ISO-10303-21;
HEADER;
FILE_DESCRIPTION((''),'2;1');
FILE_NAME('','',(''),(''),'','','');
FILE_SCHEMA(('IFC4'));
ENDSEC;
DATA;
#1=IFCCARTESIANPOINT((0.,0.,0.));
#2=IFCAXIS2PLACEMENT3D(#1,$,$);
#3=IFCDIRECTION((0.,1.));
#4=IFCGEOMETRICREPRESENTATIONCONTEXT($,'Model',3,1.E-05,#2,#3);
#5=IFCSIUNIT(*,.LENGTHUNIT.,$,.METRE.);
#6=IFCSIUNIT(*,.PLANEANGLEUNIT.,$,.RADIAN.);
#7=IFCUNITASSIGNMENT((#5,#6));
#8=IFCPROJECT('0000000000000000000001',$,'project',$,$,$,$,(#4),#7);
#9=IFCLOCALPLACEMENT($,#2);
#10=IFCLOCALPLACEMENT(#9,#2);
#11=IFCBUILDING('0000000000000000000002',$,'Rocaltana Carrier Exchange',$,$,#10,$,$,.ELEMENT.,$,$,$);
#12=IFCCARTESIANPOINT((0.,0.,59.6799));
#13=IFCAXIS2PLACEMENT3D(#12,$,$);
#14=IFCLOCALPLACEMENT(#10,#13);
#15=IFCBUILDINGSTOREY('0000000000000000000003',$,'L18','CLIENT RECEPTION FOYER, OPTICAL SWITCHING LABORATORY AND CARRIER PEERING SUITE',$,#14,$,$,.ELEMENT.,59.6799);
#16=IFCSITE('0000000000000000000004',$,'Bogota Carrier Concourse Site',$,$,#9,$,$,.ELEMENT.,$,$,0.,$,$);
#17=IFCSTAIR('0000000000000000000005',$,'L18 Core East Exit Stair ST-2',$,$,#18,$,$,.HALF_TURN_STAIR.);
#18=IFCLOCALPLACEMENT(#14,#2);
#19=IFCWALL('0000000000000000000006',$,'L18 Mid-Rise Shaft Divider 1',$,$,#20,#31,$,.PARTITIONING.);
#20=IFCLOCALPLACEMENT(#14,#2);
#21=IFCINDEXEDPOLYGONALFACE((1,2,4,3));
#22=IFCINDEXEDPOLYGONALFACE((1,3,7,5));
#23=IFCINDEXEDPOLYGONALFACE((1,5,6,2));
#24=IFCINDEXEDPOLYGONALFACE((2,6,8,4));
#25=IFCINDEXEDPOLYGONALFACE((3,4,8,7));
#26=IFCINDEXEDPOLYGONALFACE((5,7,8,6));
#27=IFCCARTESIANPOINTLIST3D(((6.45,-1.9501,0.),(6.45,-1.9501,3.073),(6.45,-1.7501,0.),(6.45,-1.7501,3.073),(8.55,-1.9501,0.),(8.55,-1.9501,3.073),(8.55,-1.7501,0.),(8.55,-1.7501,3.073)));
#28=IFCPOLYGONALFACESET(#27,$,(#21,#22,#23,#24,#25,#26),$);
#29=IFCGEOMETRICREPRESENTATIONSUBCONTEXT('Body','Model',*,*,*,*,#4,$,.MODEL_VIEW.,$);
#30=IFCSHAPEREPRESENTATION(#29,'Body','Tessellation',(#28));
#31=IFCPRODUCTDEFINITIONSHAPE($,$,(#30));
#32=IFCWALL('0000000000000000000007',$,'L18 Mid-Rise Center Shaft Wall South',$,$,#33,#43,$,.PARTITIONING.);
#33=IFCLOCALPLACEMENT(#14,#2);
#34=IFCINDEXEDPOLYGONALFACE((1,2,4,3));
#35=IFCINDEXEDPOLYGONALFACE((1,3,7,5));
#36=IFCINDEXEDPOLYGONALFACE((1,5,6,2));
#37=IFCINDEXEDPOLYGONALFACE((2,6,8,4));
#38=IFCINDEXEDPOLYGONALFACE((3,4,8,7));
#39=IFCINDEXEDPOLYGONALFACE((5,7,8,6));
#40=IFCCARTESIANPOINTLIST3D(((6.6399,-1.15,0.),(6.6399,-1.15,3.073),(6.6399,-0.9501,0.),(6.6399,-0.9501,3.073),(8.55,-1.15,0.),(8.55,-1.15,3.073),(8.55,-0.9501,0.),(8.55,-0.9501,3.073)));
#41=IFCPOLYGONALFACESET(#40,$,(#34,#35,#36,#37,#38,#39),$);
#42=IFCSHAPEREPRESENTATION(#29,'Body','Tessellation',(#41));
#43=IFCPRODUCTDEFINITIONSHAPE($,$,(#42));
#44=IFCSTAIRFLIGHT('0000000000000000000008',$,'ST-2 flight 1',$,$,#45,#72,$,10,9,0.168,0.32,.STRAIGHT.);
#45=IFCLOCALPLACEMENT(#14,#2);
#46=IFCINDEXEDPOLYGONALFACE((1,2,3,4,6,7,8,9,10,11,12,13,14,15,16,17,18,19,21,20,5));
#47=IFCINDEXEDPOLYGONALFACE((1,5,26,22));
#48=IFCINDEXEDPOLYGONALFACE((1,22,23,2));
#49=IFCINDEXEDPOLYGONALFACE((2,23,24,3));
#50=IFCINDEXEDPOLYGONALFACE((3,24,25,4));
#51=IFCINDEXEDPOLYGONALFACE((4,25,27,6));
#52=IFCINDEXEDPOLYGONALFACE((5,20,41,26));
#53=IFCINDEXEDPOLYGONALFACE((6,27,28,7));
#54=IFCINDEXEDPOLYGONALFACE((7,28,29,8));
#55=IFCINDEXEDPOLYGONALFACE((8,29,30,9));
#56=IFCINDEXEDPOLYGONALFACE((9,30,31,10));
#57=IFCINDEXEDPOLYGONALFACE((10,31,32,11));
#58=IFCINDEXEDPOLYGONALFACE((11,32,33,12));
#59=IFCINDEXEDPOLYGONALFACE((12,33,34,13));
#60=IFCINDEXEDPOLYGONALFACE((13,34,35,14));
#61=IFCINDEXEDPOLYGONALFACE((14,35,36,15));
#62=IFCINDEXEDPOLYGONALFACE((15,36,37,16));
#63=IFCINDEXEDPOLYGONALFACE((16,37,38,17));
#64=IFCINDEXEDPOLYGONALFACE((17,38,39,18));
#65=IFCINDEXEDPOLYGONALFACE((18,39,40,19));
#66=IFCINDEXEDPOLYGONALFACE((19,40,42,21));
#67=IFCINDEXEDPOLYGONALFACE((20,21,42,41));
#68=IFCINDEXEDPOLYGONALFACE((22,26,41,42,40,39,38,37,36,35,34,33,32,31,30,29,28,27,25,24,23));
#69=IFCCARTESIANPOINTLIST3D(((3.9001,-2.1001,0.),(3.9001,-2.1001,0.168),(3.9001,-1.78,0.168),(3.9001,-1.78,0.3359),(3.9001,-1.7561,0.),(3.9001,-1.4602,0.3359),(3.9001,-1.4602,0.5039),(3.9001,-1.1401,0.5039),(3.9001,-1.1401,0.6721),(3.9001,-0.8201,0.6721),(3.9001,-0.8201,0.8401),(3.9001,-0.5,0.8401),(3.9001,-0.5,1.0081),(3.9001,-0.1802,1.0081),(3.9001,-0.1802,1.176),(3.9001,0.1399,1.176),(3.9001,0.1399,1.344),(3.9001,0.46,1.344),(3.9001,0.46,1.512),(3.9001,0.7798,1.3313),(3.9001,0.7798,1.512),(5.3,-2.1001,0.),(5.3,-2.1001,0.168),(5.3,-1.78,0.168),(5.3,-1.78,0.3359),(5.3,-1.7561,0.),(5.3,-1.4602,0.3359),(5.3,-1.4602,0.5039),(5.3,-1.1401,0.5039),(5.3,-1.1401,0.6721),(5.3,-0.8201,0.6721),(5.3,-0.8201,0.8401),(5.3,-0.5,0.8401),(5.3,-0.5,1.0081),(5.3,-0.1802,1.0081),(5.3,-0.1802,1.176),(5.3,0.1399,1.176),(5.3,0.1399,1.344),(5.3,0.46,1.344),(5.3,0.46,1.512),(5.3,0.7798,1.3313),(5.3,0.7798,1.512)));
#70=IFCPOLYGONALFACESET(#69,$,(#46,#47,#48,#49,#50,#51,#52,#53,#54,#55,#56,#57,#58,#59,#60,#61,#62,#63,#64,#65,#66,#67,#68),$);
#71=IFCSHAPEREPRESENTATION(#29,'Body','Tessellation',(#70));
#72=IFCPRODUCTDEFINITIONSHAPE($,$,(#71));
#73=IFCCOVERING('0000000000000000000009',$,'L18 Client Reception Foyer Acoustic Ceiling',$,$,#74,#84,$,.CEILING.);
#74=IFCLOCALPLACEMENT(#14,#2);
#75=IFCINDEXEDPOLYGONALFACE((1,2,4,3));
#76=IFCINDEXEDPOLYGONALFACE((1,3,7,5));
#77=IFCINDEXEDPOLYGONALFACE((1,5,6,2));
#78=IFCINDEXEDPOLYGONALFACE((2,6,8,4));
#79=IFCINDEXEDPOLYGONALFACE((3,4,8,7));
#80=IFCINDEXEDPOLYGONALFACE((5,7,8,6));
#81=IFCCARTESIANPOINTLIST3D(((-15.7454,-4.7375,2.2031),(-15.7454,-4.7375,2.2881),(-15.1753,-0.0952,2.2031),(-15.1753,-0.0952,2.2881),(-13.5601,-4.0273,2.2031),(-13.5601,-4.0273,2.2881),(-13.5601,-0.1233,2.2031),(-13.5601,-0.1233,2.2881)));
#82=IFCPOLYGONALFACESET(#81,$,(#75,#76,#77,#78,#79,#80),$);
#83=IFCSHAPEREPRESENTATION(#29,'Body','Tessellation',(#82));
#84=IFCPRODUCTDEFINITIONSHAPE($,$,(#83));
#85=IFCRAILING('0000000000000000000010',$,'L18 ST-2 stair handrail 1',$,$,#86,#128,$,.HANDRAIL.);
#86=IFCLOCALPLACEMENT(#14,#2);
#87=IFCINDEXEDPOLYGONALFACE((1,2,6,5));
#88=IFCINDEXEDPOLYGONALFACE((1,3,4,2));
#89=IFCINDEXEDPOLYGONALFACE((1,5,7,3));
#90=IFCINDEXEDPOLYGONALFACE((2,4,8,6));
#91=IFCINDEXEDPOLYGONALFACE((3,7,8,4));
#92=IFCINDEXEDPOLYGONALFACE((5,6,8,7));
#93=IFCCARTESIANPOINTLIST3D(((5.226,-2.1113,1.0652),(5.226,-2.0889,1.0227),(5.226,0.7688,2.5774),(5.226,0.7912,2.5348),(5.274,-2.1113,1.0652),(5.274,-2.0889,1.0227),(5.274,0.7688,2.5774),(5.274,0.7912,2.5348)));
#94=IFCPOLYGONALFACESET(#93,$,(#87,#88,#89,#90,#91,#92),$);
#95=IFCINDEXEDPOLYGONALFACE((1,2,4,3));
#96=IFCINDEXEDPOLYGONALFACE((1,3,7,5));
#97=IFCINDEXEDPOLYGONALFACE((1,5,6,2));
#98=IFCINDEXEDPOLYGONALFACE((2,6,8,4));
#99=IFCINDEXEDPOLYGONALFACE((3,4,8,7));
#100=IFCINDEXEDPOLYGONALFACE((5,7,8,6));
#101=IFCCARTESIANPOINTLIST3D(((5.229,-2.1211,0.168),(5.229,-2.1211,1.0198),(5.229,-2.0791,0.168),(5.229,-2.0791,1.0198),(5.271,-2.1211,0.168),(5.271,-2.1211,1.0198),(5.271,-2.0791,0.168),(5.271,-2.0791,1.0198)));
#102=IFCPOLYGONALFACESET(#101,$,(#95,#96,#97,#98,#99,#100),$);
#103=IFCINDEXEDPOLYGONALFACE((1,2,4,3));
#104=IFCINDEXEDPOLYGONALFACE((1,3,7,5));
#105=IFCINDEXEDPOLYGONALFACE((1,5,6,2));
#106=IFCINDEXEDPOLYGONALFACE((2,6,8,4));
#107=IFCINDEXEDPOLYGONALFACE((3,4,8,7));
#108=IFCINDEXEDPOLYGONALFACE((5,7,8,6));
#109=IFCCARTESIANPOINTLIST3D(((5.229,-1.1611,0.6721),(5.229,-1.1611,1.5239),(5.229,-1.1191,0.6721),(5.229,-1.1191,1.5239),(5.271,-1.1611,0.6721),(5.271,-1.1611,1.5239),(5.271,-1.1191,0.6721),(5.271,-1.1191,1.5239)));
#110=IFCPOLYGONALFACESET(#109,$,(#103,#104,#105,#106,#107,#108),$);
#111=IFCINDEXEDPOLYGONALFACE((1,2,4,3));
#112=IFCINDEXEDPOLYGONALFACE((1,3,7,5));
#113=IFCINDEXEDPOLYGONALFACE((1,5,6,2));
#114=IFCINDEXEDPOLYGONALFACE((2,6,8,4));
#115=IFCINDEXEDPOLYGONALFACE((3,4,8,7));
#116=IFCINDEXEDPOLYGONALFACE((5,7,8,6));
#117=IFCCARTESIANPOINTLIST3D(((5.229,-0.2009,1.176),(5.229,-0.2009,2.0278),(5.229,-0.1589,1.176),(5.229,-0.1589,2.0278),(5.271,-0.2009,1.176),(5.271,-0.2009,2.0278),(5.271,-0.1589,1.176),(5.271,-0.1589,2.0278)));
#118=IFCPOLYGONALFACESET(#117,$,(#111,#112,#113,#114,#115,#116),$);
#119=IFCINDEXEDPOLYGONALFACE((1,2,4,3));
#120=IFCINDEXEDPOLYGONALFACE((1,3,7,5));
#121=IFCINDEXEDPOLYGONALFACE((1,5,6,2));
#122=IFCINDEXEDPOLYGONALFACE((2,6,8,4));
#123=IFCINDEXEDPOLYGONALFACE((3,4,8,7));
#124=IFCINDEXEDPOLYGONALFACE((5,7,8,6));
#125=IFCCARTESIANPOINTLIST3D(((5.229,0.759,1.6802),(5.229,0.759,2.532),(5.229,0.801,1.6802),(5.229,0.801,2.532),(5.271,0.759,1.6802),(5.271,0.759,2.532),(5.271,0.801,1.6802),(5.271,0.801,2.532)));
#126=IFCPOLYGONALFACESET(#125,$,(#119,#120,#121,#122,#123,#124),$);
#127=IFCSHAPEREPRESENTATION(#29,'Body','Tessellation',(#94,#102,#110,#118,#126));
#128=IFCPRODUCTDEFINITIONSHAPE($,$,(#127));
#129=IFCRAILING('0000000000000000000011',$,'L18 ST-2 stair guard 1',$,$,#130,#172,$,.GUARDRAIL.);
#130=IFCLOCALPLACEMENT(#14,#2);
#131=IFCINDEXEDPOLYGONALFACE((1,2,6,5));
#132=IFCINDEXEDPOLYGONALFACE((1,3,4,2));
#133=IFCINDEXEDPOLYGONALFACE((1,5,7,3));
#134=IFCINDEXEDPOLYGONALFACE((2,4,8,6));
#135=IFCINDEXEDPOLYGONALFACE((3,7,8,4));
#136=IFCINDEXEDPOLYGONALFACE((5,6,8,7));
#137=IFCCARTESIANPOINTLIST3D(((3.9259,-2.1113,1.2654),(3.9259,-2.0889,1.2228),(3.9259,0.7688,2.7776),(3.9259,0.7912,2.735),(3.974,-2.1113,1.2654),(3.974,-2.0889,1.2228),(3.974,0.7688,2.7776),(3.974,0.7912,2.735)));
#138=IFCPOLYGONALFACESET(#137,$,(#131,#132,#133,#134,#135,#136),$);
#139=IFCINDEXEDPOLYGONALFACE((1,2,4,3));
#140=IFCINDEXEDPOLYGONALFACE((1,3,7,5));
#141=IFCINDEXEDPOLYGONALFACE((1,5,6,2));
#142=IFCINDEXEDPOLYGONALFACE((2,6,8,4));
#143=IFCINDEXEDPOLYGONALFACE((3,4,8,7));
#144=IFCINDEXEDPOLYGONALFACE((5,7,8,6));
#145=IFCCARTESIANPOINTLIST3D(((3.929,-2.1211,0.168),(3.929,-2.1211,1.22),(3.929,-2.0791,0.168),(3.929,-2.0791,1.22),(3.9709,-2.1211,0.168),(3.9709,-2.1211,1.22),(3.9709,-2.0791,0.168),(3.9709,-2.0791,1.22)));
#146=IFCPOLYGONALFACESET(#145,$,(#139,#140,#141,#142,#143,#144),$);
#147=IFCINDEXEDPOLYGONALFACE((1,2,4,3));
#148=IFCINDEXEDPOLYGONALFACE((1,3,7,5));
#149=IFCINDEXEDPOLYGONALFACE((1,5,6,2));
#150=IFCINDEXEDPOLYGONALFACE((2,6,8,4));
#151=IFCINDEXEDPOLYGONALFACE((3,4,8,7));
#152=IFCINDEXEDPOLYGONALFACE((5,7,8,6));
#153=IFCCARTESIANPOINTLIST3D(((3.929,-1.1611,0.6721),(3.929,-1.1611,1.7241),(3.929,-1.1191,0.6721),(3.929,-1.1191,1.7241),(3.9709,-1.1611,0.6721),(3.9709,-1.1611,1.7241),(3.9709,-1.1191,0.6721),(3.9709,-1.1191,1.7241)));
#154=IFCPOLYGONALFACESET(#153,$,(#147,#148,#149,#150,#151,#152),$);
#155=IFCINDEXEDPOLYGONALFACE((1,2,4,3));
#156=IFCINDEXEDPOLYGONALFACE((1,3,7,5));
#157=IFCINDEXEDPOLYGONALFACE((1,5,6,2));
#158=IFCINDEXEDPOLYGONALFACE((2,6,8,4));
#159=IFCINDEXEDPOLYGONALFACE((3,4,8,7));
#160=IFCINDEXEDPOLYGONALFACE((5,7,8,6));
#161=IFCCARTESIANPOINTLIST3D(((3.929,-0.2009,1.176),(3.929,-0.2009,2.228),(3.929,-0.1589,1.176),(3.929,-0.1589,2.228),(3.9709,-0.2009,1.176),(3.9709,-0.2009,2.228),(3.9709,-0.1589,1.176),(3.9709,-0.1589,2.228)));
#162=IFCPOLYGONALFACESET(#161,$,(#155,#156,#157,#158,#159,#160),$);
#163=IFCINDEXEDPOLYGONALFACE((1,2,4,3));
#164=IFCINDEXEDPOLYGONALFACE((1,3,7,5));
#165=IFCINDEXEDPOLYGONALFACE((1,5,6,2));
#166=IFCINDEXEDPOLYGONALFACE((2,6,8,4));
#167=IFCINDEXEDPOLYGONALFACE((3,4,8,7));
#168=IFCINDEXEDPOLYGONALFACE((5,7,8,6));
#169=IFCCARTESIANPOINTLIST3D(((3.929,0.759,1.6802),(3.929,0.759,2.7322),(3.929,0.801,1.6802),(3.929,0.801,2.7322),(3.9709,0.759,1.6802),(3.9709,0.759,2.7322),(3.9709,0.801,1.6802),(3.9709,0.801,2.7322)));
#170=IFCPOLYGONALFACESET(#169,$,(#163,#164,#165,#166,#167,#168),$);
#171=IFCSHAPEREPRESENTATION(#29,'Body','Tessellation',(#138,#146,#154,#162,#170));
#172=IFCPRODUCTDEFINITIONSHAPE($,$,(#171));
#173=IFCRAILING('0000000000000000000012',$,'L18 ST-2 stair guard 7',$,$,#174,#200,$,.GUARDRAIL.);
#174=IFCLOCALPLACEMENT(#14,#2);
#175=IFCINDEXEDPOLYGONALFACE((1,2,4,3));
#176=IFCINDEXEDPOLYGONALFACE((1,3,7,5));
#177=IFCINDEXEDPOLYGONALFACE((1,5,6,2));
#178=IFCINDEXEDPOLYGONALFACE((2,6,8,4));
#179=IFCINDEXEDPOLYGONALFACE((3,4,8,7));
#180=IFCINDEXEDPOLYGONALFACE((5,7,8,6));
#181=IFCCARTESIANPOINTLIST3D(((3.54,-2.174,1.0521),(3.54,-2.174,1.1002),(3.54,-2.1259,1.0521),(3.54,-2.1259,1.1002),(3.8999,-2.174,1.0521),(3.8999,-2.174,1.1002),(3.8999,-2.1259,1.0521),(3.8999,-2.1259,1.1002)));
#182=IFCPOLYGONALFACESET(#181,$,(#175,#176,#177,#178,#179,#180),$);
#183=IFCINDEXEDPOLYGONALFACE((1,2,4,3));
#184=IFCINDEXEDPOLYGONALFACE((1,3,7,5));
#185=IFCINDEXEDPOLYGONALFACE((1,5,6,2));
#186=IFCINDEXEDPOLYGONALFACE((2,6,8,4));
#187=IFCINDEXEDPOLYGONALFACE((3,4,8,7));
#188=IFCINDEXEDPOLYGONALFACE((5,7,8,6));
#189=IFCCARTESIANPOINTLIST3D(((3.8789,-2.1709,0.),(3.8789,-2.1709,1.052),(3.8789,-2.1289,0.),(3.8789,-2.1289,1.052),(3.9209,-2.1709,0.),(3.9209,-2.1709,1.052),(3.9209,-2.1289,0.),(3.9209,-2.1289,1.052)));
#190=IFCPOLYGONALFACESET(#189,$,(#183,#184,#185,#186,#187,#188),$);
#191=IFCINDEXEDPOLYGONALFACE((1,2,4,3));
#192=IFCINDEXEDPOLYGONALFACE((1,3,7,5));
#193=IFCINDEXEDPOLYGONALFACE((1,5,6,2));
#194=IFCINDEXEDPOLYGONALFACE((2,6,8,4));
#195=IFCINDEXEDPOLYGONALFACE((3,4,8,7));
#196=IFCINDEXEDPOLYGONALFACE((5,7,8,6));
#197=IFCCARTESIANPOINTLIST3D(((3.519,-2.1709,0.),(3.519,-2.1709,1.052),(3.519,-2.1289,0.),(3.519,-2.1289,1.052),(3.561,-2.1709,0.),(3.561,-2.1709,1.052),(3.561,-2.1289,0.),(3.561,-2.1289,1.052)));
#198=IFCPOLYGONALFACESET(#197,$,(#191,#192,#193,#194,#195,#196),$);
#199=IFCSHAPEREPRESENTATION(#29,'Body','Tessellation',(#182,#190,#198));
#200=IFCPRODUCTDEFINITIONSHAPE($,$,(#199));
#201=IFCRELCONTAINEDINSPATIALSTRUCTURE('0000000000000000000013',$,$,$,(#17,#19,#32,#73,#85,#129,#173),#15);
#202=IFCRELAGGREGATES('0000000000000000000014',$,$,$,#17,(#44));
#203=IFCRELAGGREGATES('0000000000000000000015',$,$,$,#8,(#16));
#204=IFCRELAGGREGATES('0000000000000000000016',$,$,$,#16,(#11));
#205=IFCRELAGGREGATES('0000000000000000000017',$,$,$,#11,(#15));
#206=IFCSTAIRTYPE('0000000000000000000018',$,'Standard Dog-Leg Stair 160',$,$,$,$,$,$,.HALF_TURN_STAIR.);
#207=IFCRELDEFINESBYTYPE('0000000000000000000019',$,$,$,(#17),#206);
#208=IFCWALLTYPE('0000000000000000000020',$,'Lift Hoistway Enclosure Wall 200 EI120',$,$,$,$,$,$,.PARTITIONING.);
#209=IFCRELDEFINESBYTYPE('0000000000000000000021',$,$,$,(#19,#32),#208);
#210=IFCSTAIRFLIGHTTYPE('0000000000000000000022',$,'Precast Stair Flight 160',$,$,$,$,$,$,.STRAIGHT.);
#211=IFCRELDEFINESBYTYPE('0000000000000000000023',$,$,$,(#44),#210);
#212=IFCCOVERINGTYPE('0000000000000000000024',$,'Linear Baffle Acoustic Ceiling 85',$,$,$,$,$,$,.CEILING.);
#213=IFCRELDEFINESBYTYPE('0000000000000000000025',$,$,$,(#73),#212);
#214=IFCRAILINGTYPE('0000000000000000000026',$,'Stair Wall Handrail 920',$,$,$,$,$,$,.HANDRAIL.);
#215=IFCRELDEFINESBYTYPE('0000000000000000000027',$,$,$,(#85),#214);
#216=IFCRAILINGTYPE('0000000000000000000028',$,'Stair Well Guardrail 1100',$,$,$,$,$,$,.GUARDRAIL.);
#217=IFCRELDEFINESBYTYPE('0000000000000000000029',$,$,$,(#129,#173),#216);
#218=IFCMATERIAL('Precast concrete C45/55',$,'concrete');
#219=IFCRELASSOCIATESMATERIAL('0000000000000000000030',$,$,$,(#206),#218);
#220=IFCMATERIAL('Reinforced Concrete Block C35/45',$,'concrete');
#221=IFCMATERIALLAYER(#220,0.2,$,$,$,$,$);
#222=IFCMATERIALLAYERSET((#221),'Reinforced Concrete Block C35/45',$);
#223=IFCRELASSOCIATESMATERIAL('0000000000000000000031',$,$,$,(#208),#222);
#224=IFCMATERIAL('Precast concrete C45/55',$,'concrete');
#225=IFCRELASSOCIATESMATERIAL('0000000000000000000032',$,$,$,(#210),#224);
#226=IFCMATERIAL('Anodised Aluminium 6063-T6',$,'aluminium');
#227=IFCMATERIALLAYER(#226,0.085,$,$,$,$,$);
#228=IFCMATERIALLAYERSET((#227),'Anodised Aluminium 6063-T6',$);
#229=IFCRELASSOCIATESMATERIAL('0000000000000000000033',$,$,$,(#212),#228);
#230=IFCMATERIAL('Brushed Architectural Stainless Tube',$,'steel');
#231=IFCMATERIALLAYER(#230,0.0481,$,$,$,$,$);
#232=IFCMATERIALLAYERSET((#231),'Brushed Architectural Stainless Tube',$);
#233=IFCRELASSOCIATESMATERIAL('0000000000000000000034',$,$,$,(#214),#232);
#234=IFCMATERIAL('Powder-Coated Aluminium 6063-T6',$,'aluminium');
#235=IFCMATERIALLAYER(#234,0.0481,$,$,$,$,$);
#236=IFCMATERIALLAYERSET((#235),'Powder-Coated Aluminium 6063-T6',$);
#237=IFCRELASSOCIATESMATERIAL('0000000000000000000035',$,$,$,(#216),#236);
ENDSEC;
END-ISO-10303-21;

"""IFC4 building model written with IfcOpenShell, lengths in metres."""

from ifc_helpers import new_model, si_unit, direction, frame, frame_2d, origin, origin_2d, place, context, subcontext, project, spatial, polyline, rectangle, outline, extrude, material, layer, layer_set, type_object, element, aggregate, save


model = new_model("IFC4")

# Units and contexts
model_context = context("Model", 3, precision=1e-05, world=origin(), true_north=direction((0.0, 1.0)))
body_context = subcontext(model_context, "Body", "Model", "MODEL_VIEW")
ifc_project = project(units=[si_unit("LENGTHUNIT", "METRE"), si_unit("PLANEANGLEUNIT", "RADIAN")], contexts=[model_context])

# Site, building, storey
site_placement = place(None, origin())
site = spatial("IfcSite", under=ifc_project, at=site_placement, Name="Bogota Carrier Concourse Site", CompositionType="ELEMENT", RefElevation=0.0)
building_placement = place(site_placement, origin())
building = spatial("IfcBuilding", under=site, at=building_placement, Name="Rocaltana Carrier Exchange", CompositionType="ELEMENT")
storey_placement = place(building_placement, frame((0.0, 0.0, 59.6799)))
storey = spatial("IfcBuildingStorey", under=building, at=storey_placement, Name="L18", Description="CLIENT RECEPTION FOYER, OPTICAL SWITCHING LABORATORY AND CARRIER PEERING SUITE", CompositionType="ELEMENT", Elevation=59.6799)

# Stair
ifc_material_1 = material(Name="Precast concrete C45/55", Category="concrete")
stair_type = type_object("IfcStairType", Name="Standard Dog-Leg Stair 160", PredefinedType="HALF_TURN_STAIR", material=ifc_material_1)
stair_1_placement = place(storey_placement, origin())
stair_1 = element("IfcStair", 1, at=stair_1_placement, inside=storey, type_object=stair_type, Name="L18 Core East Exit Stair ST-2", PredefinedType="HALF_TURN_STAIR")

# Walls
ifc_material_2 = material(Name="Reinforced Concrete Block C35/45", Category="concrete")
ifc_layer_1 = layer(ifc_material_2, 0.2)
ifc_layer_set_1 = layer_set([ifc_layer_1], Name="Reinforced Concrete Block C35/45")
wall_type_1 = type_object("IfcWallType", Name="Lift Hoistway Enclosure Wall 200 EI120", PredefinedType="PARTITIONING", material=ifc_layer_set_1)
wall_1_placement = place(storey_placement, frame((6.45, -1.8501, 0.0), z_axis=(0.0, 0.0, 1.0), x_axis=(1.0, 0.0, 0.0)))
element("IfcWall", 2, at=wall_1_placement, inside=storey, type_object=wall_type_1, Name="L18 Mid-Rise Shaft Divider 1", PredefinedType="PARTITIONING", context=body_context, shape_type="SweptSolid", body=[
    extrude(rectangle(XDim=2.1001, YDim=0.2, at=frame_2d((1.05, 0.0))), origin(), (0.0, 0.0, 1.0), 3.073),
])
wall_2_placement = place(storey_placement, frame((6.6399, -1.05, 0.0), z_axis=(0.0, 0.0, 1.0), x_axis=(1.0, 0.0, 0.0)))
element("IfcWall", 3, at=wall_2_placement, inside=storey, type_object=wall_type_1, Name="L18 Mid-Rise Center Shaft Wall South", PredefinedType="PARTITIONING", context=body_context, shape_type="SweptSolid", body=[
    extrude(rectangle(XDim=1.9102, YDim=0.2, at=frame_2d((0.9551, 0.0))), origin(), (0.0, 0.0, 1.0), 3.073),
])

# Stair flight
ifc_material_3 = material(Name="Precast concrete C45/55", Category="concrete")
stair_flight_type = type_object("IfcStairFlightType", Name="Precast Stair Flight 160", PredefinedType="STRAIGHT", material=ifc_material_3)
stair_flight_placement = place(storey_placement, frame((4.6001, -2.1001, 0.0), z_axis=(0.0, 0.0, 1.0), x_axis=(0.0, 1.0, 0.0)))
stair_flight = element("IfcStairFlight", 4, at=stair_flight_placement, type_object=stair_flight_type, Name="ST-2 flight 1", NumberOfRisers=10, NumberOfTreads=9, PredefinedType="STRAIGHT", RiserHeight=0.168, TreadLength=0.32, context=body_context, shape_type="SweptSolid", body=[
    extrude(outline(polyline([(0.0, 0.0), (0.0, 0.168), (0.3201, 0.168), (0.3201, 0.3359), (0.6399, 0.3359), (0.6399, 0.5039), (0.96, 0.5039), (0.96, 0.6721), (1.28, 0.6721), (1.28, 0.8401), (1.6001, 0.8401), (1.6001, 1.0081), (1.9199, 1.0081), (1.9199, 1.176), (2.24, 1.176), (2.24, 1.344), (2.5601, 1.344), (2.5601, 1.512), (2.8799, 1.512), (2.8799, 1.6799), (2.8799, 1.3313), (0.344, 0.0), (0.0, 0.0)])), frame((0.0, 0.7, 0.0), z_axis=(0.0, -1.0, 0.0), x_axis=(1.0, 0.0, 0.0)), (0.0, 0.0, 1.0), 1.3999),
])
aggregate(stair_1, [stair_flight])

# Covering
ifc_material_4 = material(Name="Anodised Aluminium 6063-T6", Category="aluminium")
ifc_layer_2 = layer(ifc_material_4, 0.085)
ifc_layer_set_2 = layer_set([ifc_layer_2], Name="Anodised Aluminium 6063-T6")
covering_type = type_object("IfcCoveringType", Name="Linear Baffle Acoustic Ceiling 85", PredefinedType="CEILING", material=ifc_layer_set_2)
covering_placement = place(storey_placement, frame((0.0, 0.0, 2.2031)))
element("IfcCovering", 5, at=covering_placement, inside=storey, type_object=covering_type, Name="L18 Client Reception Foyer Acoustic Ceiling", PredefinedType="CEILING", context=body_context, shape_type="SweptSolid", body=[
    extrude(outline(polyline([(-15.1753, -0.0952), (-13.5601, -0.1233), (-13.5601, -4.0273), (-15.7454, -4.7375), (-15.1753, -0.0952)])), origin(), (0.0, 0.0, 1.0), 0.085),
])

# Railings
ifc_material_5 = material(Name="Brushed Architectural Stainless Tube", Category="steel")
ifc_layer_3 = layer(ifc_material_5, 0.0481)
ifc_layer_set_3 = layer_set([ifc_layer_3], Name="Brushed Architectural Stainless Tube")
railing_type_1 = type_object("IfcRailingType", Name="Stair Wall Handrail 920", PredefinedType="HANDRAIL", material=ifc_layer_set_3)
railing_1_placement = place(storey_placement, frame((5.25, -2.1001, 0.168)))
element("IfcRailing", 6, at=railing_1_placement, inside=storey, type_object=railing_type_1, Name="L18 ST-2 stair handrail 1", PredefinedType="HANDRAIL", context=body_context, shape_type="SweptSolid", body=[
    extrude(rectangle(XDim=0.0481, YDim=0.0481, at=origin_2d()), frame((0.0, 0.0, 0.876), z_axis=(0.0, 0.88538, 0.464868), x_axis=(-1.0, 0.0, 0.0)), (0.0, 0.0, 1.0), 3.2529),
    extrude(rectangle(XDim=0.042, YDim=0.042, at=origin_2d()), origin(), (0.0, 0.0, 1.0), 0.8518),
    extrude(rectangle(XDim=0.042, YDim=0.042, at=origin_2d()), frame((0.0, 0.96, 0.5042)), (0.0, 0.0, 1.0), 0.8518),
    extrude(rectangle(XDim=0.042, YDim=0.042, at=origin_2d()), frame((0.0, 1.9202, 1.0081)), (0.0, 0.0, 1.0), 0.8518),
    extrude(rectangle(XDim=0.042, YDim=0.042, at=origin_2d()), frame((0.0, 2.8801, 1.5122)), (0.0, 0.0, 1.0), 0.8518),
])
ifc_material_6 = material(Name="Powder-Coated Aluminium 6063-T6", Category="aluminium")
ifc_layer_4 = layer(ifc_material_6, 0.0481)
ifc_layer_set_4 = layer_set([ifc_layer_4], Name="Powder-Coated Aluminium 6063-T6")
railing_type_2 = type_object("IfcRailingType", Name="Stair Well Guardrail 1100", PredefinedType="GUARDRAIL", material=ifc_layer_set_4)
railing_2_placement = place(storey_placement, frame((3.95, -2.1001, 0.168)))
element("IfcRailing", 7, at=railing_2_placement, inside=storey, type_object=railing_type_2, Name="L18 ST-2 stair guard 1", PredefinedType="GUARDRAIL", context=body_context, shape_type="SweptSolid", body=[
    extrude(rectangle(XDim=0.0481, YDim=0.0481, at=origin_2d()), frame((0.0, 0.0, 1.0762), z_axis=(0.0, 0.88538, 0.464868), x_axis=(-1.0, 0.0, 0.0)), (0.0, 0.0, 1.0), 3.2529),
    extrude(rectangle(XDim=0.042, YDim=0.042, at=origin_2d()), origin(), (0.0, 0.0, 1.0), 1.052),
    extrude(rectangle(XDim=0.042, YDim=0.042, at=origin_2d()), frame((0.0, 0.96, 0.5042)), (0.0, 0.0, 1.0), 1.052),
    extrude(rectangle(XDim=0.042, YDim=0.042, at=origin_2d()), frame((0.0, 1.9202, 1.0081)), (0.0, 0.0, 1.0), 1.052),
    extrude(rectangle(XDim=0.042, YDim=0.042, at=origin_2d()), frame((0.0, 2.8801, 1.5122)), (0.0, 0.0, 1.0), 1.052),
])
railing_3_placement = place(storey_placement, frame((3.8999, -2.1499, 0.0)))
element("IfcRailing", 8, at=railing_3_placement, inside=storey, type_object=railing_type_2, Name="L18 ST-2 stair guard 7", PredefinedType="GUARDRAIL", context=body_context, shape_type="SweptSolid", body=[
    extrude(rectangle(XDim=0.0481, YDim=0.0481, at=origin_2d()), frame((0.0, 0.0, 1.0762), z_axis=(-1.0, 0.0, 0.0), x_axis=(0.0, -1.0, 0.0)), (0.0, 0.0, 1.0), 0.3599),
    extrude(rectangle(XDim=0.042, YDim=0.042, at=origin_2d()), origin(), (0.0, 0.0, 1.0), 1.052),
    extrude(rectangle(XDim=0.042, YDim=0.042, at=origin_2d()), frame((-0.3599, 0.0, 0.0)), (0.0, 0.0, 1.0), 1.052),
])

save(model, "model.ifc")
